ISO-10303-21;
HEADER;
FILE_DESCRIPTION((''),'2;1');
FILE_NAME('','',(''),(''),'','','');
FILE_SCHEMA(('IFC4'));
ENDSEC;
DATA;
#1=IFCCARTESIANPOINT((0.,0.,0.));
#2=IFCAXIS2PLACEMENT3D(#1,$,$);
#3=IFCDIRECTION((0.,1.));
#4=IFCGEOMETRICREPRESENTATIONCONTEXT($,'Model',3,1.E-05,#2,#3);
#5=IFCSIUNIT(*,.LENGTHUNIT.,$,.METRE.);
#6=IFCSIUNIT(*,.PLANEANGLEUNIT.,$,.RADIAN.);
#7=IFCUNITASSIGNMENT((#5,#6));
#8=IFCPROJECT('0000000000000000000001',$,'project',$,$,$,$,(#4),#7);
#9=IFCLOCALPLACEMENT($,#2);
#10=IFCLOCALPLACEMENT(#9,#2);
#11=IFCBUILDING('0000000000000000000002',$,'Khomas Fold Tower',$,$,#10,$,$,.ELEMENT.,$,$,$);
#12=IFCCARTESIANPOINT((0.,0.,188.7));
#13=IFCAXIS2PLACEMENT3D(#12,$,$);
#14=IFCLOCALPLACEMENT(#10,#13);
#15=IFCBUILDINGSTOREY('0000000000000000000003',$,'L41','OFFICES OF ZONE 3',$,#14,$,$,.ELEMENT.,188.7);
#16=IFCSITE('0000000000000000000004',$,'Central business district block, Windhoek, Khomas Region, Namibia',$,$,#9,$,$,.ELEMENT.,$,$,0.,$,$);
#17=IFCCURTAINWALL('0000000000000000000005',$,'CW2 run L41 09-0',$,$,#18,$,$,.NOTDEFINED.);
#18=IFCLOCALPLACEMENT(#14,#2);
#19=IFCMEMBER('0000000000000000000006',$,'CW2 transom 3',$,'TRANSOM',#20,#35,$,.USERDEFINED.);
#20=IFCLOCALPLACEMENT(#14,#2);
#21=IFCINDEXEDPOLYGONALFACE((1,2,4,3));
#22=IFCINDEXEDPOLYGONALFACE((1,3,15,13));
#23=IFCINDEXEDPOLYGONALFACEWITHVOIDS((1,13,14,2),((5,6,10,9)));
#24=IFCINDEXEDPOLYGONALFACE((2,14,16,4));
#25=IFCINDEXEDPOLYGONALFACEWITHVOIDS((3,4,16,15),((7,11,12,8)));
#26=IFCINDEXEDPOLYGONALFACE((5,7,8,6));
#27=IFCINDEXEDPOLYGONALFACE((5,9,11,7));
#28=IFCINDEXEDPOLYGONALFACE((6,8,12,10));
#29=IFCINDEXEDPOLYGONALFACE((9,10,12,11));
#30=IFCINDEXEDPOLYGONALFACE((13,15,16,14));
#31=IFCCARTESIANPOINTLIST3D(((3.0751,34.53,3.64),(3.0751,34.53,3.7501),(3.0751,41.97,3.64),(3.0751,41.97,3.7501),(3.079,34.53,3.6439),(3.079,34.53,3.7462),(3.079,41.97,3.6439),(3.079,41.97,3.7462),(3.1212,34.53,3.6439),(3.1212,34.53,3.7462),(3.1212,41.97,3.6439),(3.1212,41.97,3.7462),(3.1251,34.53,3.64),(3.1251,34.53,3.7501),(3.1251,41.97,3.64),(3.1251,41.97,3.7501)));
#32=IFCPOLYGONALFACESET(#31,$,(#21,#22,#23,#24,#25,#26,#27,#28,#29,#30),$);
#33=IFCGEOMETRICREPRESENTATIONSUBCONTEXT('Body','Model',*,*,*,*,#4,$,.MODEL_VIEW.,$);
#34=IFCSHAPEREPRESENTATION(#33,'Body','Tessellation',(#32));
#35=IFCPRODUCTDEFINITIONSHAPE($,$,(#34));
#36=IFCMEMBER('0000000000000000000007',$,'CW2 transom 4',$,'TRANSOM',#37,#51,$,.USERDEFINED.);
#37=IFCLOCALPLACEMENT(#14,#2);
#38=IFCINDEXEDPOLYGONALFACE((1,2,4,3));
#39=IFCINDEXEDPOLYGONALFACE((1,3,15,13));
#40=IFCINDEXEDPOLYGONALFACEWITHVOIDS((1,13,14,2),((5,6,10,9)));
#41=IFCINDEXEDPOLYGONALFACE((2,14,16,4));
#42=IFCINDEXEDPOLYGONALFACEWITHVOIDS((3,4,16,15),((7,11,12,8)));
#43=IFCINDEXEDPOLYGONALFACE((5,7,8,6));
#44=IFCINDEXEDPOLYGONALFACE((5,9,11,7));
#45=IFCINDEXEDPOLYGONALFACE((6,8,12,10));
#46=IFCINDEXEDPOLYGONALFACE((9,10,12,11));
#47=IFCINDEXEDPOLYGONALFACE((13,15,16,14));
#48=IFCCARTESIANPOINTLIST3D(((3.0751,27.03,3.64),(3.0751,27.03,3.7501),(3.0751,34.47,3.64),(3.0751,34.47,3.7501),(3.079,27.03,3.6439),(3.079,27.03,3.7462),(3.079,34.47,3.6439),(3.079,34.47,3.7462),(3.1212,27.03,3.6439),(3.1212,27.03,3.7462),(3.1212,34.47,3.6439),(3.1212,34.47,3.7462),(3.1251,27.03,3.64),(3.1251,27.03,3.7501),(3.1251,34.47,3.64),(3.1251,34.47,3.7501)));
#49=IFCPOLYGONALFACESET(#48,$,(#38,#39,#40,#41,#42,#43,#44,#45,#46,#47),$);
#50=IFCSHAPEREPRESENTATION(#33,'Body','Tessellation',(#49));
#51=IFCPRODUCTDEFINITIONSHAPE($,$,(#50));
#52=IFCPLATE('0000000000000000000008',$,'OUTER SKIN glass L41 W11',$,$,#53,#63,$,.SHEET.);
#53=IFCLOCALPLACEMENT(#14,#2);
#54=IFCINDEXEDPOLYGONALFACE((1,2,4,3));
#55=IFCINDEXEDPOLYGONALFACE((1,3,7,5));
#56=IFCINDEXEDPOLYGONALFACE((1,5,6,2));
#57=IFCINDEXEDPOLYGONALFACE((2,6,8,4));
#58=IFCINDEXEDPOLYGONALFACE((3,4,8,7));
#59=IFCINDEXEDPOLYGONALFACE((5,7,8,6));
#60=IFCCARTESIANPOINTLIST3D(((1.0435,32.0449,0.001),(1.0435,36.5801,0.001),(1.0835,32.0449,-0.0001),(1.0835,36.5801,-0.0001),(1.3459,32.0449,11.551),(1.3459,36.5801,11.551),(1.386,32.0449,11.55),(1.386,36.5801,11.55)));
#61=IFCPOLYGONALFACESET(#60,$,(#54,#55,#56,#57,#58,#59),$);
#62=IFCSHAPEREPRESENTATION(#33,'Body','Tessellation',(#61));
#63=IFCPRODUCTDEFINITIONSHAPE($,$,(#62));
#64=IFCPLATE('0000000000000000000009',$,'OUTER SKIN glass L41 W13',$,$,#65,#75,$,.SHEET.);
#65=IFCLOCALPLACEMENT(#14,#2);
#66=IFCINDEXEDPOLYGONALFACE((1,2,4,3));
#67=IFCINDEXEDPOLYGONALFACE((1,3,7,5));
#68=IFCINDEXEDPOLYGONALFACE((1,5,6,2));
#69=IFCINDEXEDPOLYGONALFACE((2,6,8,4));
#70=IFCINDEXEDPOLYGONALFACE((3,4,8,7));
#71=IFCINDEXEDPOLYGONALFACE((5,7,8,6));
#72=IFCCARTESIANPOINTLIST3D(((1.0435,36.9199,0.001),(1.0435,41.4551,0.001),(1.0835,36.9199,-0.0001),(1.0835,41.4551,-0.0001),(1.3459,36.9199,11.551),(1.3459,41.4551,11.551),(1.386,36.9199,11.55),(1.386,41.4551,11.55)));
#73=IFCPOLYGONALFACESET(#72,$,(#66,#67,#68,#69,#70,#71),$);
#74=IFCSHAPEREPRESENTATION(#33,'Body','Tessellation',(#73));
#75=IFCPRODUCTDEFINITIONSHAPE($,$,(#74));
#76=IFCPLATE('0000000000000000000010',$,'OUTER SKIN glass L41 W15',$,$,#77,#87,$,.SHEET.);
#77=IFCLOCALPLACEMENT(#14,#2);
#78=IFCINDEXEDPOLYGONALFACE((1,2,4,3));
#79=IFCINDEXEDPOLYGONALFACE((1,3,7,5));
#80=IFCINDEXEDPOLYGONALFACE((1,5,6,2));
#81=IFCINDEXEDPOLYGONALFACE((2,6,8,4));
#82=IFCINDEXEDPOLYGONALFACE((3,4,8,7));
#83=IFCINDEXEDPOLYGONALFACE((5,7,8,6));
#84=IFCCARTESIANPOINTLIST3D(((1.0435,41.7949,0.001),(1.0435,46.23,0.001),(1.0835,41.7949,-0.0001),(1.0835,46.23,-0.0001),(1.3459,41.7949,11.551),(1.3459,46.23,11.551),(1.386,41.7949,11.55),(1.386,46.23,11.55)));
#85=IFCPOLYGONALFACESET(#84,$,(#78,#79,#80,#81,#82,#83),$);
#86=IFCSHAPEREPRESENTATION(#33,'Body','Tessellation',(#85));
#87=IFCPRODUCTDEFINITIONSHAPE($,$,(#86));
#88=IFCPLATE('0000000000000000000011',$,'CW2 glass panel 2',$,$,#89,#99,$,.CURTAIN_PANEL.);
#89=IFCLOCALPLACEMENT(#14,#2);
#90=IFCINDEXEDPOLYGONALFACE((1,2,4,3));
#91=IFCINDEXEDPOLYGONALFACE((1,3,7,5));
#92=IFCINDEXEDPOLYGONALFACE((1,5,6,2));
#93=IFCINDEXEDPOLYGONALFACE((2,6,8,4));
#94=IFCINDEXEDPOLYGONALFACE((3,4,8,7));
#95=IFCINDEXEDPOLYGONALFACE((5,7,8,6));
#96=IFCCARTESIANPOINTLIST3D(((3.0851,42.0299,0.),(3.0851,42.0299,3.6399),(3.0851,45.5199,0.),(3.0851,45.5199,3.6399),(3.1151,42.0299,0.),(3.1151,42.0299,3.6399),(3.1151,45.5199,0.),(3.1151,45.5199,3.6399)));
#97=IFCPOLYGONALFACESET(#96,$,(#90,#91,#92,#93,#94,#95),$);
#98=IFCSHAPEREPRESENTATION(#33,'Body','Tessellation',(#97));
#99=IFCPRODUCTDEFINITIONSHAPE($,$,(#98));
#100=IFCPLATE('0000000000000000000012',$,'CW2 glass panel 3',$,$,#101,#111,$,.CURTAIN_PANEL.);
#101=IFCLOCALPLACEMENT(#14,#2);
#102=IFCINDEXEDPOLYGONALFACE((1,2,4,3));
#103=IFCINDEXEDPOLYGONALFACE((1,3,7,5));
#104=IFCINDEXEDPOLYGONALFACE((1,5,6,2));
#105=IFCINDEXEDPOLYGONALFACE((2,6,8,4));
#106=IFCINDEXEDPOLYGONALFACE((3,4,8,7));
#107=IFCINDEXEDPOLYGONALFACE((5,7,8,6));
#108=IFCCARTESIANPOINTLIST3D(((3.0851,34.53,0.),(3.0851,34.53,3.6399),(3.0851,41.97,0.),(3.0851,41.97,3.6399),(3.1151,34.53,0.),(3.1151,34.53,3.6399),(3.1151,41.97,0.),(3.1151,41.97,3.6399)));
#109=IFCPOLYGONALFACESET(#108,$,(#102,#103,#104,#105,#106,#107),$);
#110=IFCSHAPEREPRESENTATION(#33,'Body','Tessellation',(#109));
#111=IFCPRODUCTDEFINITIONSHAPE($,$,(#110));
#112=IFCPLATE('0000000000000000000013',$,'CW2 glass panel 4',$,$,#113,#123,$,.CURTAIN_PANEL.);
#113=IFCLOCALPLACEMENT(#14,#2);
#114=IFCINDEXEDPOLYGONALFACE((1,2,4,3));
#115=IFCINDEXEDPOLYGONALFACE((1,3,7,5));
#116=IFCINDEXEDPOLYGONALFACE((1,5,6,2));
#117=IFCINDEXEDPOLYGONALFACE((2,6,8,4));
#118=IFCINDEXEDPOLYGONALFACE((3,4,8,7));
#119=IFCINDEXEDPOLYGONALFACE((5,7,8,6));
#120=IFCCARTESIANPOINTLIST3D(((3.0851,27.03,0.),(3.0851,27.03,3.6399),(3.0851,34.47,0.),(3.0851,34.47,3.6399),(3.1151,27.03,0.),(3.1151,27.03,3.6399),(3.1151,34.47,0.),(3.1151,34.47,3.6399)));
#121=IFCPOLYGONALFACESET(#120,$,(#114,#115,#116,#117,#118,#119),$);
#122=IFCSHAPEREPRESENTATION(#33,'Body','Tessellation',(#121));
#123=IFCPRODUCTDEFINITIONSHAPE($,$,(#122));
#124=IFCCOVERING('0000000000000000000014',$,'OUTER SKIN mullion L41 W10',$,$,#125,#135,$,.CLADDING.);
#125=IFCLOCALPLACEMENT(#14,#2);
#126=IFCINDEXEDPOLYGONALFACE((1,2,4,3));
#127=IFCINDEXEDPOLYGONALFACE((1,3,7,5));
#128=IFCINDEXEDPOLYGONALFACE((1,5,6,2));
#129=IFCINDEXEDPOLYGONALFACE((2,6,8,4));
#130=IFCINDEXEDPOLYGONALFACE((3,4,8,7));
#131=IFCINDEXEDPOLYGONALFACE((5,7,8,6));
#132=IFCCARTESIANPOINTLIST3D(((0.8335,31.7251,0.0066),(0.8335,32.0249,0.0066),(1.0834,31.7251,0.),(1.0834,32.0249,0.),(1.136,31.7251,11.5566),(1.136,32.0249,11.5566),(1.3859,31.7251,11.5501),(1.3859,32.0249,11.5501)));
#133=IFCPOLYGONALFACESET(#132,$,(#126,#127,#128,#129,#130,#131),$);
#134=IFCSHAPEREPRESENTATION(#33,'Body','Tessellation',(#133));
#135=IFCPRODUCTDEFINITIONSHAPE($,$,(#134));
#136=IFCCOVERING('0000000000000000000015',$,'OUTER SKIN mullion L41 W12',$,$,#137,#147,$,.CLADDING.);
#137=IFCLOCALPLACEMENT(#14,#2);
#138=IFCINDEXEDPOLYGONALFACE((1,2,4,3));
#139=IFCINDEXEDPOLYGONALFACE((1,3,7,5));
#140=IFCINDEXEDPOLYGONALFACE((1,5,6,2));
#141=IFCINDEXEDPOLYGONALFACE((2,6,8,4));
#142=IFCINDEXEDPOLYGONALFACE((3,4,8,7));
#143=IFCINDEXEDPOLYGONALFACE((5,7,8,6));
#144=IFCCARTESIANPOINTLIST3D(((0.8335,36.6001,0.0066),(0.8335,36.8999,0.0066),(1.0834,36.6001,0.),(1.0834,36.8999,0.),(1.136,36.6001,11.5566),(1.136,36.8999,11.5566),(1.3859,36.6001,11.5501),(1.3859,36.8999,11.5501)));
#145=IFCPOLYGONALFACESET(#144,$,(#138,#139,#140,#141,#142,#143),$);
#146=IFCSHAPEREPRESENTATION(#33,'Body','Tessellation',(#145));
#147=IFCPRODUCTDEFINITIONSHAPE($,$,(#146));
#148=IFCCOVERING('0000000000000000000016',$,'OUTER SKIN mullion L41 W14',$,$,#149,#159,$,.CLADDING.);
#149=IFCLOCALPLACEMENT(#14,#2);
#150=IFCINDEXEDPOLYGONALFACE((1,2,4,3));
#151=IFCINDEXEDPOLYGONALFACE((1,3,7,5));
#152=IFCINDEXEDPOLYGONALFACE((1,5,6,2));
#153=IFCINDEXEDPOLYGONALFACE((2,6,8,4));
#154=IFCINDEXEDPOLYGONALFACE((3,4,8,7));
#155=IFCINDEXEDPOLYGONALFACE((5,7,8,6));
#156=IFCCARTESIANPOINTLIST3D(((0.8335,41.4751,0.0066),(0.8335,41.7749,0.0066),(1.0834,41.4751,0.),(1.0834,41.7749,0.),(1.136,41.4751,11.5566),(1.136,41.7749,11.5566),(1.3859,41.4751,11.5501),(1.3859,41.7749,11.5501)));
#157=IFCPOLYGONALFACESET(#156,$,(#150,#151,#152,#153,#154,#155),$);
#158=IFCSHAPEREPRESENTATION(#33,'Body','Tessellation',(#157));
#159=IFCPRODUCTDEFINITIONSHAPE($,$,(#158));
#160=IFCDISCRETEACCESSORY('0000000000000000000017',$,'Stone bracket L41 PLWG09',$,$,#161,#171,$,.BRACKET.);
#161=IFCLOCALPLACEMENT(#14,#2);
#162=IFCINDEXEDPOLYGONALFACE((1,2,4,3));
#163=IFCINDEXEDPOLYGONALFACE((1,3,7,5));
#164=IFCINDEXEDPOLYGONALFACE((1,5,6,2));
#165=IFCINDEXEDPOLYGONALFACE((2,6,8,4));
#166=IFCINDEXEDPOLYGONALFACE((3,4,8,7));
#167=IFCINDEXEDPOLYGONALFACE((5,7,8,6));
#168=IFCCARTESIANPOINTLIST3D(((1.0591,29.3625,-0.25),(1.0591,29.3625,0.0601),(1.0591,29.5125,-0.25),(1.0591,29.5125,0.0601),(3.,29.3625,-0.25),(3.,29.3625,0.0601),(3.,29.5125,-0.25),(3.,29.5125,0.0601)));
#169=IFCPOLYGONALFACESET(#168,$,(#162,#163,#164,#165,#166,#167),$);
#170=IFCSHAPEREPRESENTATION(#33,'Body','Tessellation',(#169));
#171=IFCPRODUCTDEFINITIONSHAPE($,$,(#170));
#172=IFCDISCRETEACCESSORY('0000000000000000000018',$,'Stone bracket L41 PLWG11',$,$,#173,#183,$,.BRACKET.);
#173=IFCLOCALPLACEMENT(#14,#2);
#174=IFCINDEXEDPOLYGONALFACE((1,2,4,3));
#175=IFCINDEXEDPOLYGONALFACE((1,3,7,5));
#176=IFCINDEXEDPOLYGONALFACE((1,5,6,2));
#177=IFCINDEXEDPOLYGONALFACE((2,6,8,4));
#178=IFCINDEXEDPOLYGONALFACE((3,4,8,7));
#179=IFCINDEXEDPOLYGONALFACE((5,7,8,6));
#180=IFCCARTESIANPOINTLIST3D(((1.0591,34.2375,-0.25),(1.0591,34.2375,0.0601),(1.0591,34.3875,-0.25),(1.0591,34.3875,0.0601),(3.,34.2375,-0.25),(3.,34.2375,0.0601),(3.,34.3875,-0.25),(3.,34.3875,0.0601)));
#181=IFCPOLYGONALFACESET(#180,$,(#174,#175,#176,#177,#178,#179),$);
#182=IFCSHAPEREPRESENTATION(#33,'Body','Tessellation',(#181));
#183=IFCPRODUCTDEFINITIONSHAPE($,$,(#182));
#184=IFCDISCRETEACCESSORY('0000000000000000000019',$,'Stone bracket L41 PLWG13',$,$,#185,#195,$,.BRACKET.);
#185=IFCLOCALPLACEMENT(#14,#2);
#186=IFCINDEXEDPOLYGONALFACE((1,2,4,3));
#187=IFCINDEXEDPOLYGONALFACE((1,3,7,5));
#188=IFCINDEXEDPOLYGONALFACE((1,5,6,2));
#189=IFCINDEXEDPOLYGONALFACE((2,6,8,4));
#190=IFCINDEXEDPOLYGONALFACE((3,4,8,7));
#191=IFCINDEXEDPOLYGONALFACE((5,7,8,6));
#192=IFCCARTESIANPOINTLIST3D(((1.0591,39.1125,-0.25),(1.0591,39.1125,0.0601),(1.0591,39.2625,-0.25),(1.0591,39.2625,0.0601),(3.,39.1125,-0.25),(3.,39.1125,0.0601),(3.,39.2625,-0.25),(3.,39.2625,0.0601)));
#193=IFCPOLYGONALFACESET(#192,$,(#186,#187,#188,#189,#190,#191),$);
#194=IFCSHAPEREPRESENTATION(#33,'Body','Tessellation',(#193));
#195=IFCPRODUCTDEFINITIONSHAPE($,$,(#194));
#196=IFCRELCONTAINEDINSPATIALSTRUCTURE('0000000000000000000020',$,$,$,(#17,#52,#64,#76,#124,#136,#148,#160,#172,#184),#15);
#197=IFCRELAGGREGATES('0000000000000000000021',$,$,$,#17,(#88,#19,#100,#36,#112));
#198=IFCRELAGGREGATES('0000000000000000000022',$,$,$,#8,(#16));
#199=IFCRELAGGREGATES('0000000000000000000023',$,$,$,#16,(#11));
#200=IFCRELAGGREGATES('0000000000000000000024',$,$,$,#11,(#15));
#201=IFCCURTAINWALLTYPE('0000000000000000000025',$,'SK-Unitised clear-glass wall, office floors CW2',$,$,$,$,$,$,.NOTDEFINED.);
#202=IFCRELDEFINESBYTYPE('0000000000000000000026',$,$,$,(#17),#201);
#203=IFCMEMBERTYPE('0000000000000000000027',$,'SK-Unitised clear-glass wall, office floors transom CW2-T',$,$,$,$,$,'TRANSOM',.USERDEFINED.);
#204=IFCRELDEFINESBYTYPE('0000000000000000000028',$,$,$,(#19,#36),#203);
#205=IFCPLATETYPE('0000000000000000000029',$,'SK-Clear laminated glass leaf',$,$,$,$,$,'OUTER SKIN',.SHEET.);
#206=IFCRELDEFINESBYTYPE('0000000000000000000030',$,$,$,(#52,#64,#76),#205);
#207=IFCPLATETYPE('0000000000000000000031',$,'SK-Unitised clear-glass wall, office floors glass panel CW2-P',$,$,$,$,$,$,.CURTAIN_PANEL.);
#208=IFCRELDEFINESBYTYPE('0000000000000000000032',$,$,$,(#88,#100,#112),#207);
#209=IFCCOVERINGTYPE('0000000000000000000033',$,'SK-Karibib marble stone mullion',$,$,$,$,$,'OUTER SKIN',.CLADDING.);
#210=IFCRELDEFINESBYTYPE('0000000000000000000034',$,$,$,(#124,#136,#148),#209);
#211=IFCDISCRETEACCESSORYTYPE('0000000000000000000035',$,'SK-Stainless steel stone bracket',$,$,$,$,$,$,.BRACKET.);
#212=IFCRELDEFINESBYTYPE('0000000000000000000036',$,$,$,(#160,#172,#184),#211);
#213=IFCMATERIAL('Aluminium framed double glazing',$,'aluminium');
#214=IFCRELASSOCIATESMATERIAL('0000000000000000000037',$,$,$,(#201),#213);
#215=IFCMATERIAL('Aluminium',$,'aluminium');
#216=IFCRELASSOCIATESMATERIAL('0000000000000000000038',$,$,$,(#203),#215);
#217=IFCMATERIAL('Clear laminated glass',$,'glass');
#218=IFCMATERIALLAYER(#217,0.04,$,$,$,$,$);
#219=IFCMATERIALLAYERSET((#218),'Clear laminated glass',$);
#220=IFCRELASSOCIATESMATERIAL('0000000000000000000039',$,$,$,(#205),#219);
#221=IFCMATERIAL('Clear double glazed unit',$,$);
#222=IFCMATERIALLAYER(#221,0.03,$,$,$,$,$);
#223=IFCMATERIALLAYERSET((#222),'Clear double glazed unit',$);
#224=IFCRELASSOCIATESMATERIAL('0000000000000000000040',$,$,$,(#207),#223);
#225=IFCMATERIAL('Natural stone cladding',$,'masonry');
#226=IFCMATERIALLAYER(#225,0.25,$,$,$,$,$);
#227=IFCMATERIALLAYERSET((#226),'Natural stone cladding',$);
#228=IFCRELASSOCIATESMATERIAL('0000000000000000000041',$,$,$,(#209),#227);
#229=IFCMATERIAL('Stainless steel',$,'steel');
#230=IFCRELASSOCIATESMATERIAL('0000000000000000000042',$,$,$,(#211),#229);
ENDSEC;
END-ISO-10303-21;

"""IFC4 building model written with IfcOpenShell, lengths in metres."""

from ifc_helpers import new_model, si_unit, direction, frame, origin, origin_2d, place, context, subcontext, project, spatial, polyline, rectangle, hollow_rectangle, outline, extrude, source, transform, mapped, material, layer, layer_set, material_profile, profile_set, type_object, element, aggregate, save


model = new_model("IFC4")

# Units and contexts
model_context = context("Model", 3, precision=1e-05, world=origin(), true_north=direction((0.0, 1.0)))
body_context = subcontext(model_context, "Body", "Model", "MODEL_VIEW")
ifc_project = project(units=[si_unit("LENGTHUNIT", "METRE"), si_unit("PLANEANGLEUNIT", "RADIAN")], contexts=[model_context])

# Site, building, storey
site_placement = place(None, origin())
site = spatial("IfcSite", under=ifc_project, at=site_placement, Name="Central business district block, Windhoek, Khomas Region, Namibia", CompositionType="ELEMENT", RefElevation=0.0)
building_placement = place(site_placement, origin())
building = spatial("IfcBuilding", under=site, at=building_placement, Name="Khomas Fold Tower", CompositionType="ELEMENT")
storey_placement = place(building_placement, frame((0.0, 0.0, 188.7)))
storey = spatial("IfcBuildingStorey", under=building, at=storey_placement, Name="L41", Description="OFFICES OF ZONE 3", CompositionType="ELEMENT", Elevation=188.7)

# Curtain wall, members
ifc_material_1 = material(Name="Aluminium framed double glazing", Category="aluminium")
curtain_wall_type = type_object("IfcCurtainWallType", Name="SK-Unitised clear-glass wall, office floors CW2", PredefinedType="NOTDEFINED", material=ifc_material_1)
curtain_wall_placement = place(storey_placement, origin())
curtain_wall = element("IfcCurtainWall", 1, at=curtain_wall_placement, inside=storey, type_object=curtain_wall_type, Name="CW2 run L41 09-0", PredefinedType="NOTDEFINED")
ifc_material_2 = material(Name="Aluminium", Category="aluminium")
ifc_material_profile_1 = material_profile(ifc_material_2, hollow_rectangle(XDim=0.05, YDim=0.1101, WallThickness=0.0039, at=origin_2d()), Name="SK-Unitised clear-glass wall, office floors transom CW2-T")
ifc_profile_set_1 = profile_set([ifc_material_profile_1], Name="Aluminium")
member_type_1 = type_object("IfcMemberType", Name="SK-Unitised clear-glass wall, office floors transom CW2-T", ElementType="TRANSOM", PredefinedType="USERDEFINED", material=ifc_profile_set_1)
shared_shape_1 = source(origin(), body_context, "Body", "SweptSolid", [
    extrude(hollow_rectangle(XDim=0.05, YDim=0.1101, WallThickness=0.0039, at=origin_2d()), origin(), (0.0, 0.0, 1.0), 7.4399),
])
member_1_placement = place(storey_placement, frame((3.1001, 41.97, 3.6951), z_axis=(0.0, -1.0, 0.0), x_axis=(1.0, 0.0, 0.0)))
member_1 = element("IfcMember", 2, at=member_1_placement, type_object=member_type_1, Name="CW2 transom 3", ObjectType="TRANSOM", PredefinedType="USERDEFINED", context=body_context, shape_type="MappedRepresentation", body=[
    mapped(shared_shape_1, transform((0.0, 0.0, 0.0))),
])
member_2_placement = place(storey_placement, frame((3.1001, 34.47, 3.6951), z_axis=(0.0, -1.0, 0.0), x_axis=(1.0, 0.0, 0.0)))
member_2 = element("IfcMember", 3, at=member_2_placement, type_object=member_type_1, Name="CW2 transom 4", ObjectType="TRANSOM", PredefinedType="USERDEFINED", context=body_context, shape_type="MappedRepresentation", body=[
    mapped(shared_shape_1, transform((0.0, 0.0, 0.0))),
])

# Plates
ifc_material_3 = material(Name="Clear laminated glass", Category="glass")
ifc_layer_1 = layer(ifc_material_3, 0.04)
ifc_layer_set_1 = layer_set([ifc_layer_1], Name="Clear laminated glass")
plate_type_1 = type_object("IfcPlateType", Name="SK-Clear laminated glass leaf", ElementType="OUTER SKIN", PredefinedType="SHEET", material=ifc_layer_set_1)
for number, where, z_axis, x_axis, name in (
    (4, (1.0435, 32.0449, 0.001), (-0.999657, 0.0, 0.026181), (0.0, 1.0, 0.0), "OUTER SKIN glass L41 W11"),
    (5, (1.0435, 36.9199, 0.001), (-0.999657, 0.0, 0.026181), (0.0, 1.0, 0.0), "OUTER SKIN glass L41 W13"),
):
    element("IfcPlate", number, at=place(storey_placement, frame(where, z_axis=z_axis, x_axis=x_axis)), inside=storey, type_object=plate_type_1, Name=name, PredefinedType="SHEET", context=body_context, shape_type="SweptSolid", body=[
        extrude(outline(polyline([(0.0, 0.0), (4.5352, 0.0), (4.5352, -11.554), (0.0, -11.554), (0.0, 0.0)])), origin(), (0.0, 0.0, -1.0), 0.04),
    ])
plate_1_placement = place(storey_placement, frame((1.0435, 41.7949, 0.001), z_axis=(-0.999657, 0.0, 0.026181), x_axis=(0.0, 1.0, 0.0)))
element("IfcPlate", 6, at=plate_1_placement, inside=storey, type_object=plate_type_1, Name="OUTER SKIN glass L41 W15", PredefinedType="SHEET", context=body_context, shape_type="SweptSolid", body=[
    extrude(outline(polyline([(0.0, 0.0), (4.4351, 0.0), (4.4351, -11.554), (0.0, -11.554), (0.0, 0.0)])), origin(), (0.0, 0.0, -1.0), 0.04),
])

# Plates
ifc_material_4 = material(Name="Clear double glazed unit")
ifc_layer_2 = layer(ifc_material_4, 0.03)
ifc_layer_set_2 = layer_set([ifc_layer_2], Name="Clear double glazed unit")
plate_type_2 = type_object("IfcPlateType", Name="SK-Unitised clear-glass wall, office floors glass panel CW2-P", PredefinedType="CURTAIN_PANEL", material=ifc_layer_set_2)
shared_shape_2 = source(origin(), body_context, "Body", "SweptSolid", [
    extrude(rectangle(XDim=3.49, YDim=0.03, at=origin_2d()), origin(), (0.0, 0.0, 1.0), 3.6399),
])
plate_2_placement = place(storey_placement, frame((3.1001, 43.7749, 0.0), z_axis=(0.0, 0.0, 1.0), x_axis=(0.0, -1.0, 0.0)))
plate_2 = element("IfcPlate", 7, at=plate_2_placement, type_object=plate_type_2, Name="CW2 glass panel 2", PredefinedType="CURTAIN_PANEL", context=body_context, shape_type="MappedRepresentation", body=[
    mapped(shared_shape_2, transform((0.0, 0.0, 0.0))),
])
shared_shape_3 = source(origin(), body_context, "Body", "SweptSolid", [
    extrude(rectangle(XDim=7.4399, YDim=0.03, at=origin_2d()), origin(), (0.0, 0.0, 1.0), 3.6399),
])
plate_3_placement = place(storey_placement, frame((3.1001, 38.25, 0.0), z_axis=(0.0, 0.0, 1.0), x_axis=(0.0, -1.0, 0.0)))
plate_3 = element("IfcPlate", 8, at=plate_3_placement, type_object=plate_type_2, Name="CW2 glass panel 3", PredefinedType="CURTAIN_PANEL", context=body_context, shape_type="MappedRepresentation", body=[
    mapped(shared_shape_3, transform((0.0, 0.0, 0.0))),
])
plate_4_placement = place(storey_placement, frame((3.1001, 30.75, 0.0), z_axis=(0.0, 0.0, 1.0), x_axis=(0.0, -1.0, 0.0)))
plate_4 = element("IfcPlate", 9, at=plate_4_placement, type_object=plate_type_2, Name="CW2 glass panel 4", PredefinedType="CURTAIN_PANEL", context=body_context, shape_type="MappedRepresentation", body=[
    mapped(shared_shape_3, transform((0.0, 0.0, 0.0))),
])
aggregate(curtain_wall, [plate_2, member_1, plate_3, member_2, plate_4])

# Coverings
ifc_material_5 = material(Name="Natural stone cladding", Category="masonry")
ifc_layer_3 = layer(ifc_material_5, 0.25)
ifc_layer_set_3 = layer_set([ifc_layer_3], Name="Natural stone cladding")
covering_type = type_object("IfcCoveringType", Name="SK-Karibib marble stone mullion", ElementType="OUTER SKIN", PredefinedType="CLADDING", material=ifc_layer_set_3)
for number, where, z_axis, x_axis, name in (
    (10, (0.8335, 31.7251, 0.0066), (-0.999657, 0.0, 0.026181), (0.0, 1.0, 0.0), "OUTER SKIN mullion L41 W10"),
    (11, (0.8335, 36.6001, 0.0066), (-0.999657, 0.0, 0.026181), (0.0, 1.0, 0.0), "OUTER SKIN mullion L41 W12"),
    (12, (0.8335, 41.4751, 0.0066), (-0.999657, 0.0, 0.026181), (0.0, 1.0, 0.0), "OUTER SKIN mullion L41 W14"),
):
    element("IfcCovering", number, at=place(storey_placement, frame(where, z_axis=z_axis, x_axis=x_axis)), inside=storey, type_object=covering_type, Name=name, PredefinedType="CLADDING", context=body_context, shape_type="SweptSolid", body=[
        extrude(outline(polyline([(0.0, 0.0), (0.2998, 0.0), (0.2998, -11.554), (0.0, -11.554), (0.0, 0.0)])), origin(), (0.0, 0.0, -1.0), 0.25),
    ])

# Discrete accessories
ifc_material_6 = material(Name="Stainless steel", Category="steel")
discrete_accessory_type = type_object("IfcDiscreteAccessoryType", Name="SK-Stainless steel stone bracket", PredefinedType="BRACKET", material=ifc_material_6)
shared_shape_4 = source(origin(), body_context, "Body", "SweptSolid", [
    extrude(rectangle(XDim=1.9409, YDim=0.1499, at=origin_2d()), origin(), (0.0, 0.0, 1.0), 0.3101),
])
for number, where, z_axis, x_axis, name in (
    (13, (2.0295, 29.4375, -0.25), (0.0, 0.0, 1.0), (-1.0, 0.0, 0.0), "Stone bracket L41 PLWG09"),
    (14, (2.0295, 34.3125, -0.25), (0.0, 0.0, 1.0), (-1.0, 0.0, 0.0), "Stone bracket L41 PLWG11"),
    (15, (2.0295, 39.1875, -0.25), (0.0, 0.0, 1.0), (-1.0, 0.0, 0.0), "Stone bracket L41 PLWG13"),
):
    element("IfcDiscreteAccessory", number, at=place(storey_placement, frame(where, z_axis=z_axis, x_axis=x_axis)), inside=storey, type_object=discrete_accessory_type, Name=name, PredefinedType="BRACKET", context=body_context, shape_type="MappedRepresentation", body=[
        mapped(shared_shape_4, transform((0.0, 0.0, 0.0))),
    ])

save(model, "model.ifc")
